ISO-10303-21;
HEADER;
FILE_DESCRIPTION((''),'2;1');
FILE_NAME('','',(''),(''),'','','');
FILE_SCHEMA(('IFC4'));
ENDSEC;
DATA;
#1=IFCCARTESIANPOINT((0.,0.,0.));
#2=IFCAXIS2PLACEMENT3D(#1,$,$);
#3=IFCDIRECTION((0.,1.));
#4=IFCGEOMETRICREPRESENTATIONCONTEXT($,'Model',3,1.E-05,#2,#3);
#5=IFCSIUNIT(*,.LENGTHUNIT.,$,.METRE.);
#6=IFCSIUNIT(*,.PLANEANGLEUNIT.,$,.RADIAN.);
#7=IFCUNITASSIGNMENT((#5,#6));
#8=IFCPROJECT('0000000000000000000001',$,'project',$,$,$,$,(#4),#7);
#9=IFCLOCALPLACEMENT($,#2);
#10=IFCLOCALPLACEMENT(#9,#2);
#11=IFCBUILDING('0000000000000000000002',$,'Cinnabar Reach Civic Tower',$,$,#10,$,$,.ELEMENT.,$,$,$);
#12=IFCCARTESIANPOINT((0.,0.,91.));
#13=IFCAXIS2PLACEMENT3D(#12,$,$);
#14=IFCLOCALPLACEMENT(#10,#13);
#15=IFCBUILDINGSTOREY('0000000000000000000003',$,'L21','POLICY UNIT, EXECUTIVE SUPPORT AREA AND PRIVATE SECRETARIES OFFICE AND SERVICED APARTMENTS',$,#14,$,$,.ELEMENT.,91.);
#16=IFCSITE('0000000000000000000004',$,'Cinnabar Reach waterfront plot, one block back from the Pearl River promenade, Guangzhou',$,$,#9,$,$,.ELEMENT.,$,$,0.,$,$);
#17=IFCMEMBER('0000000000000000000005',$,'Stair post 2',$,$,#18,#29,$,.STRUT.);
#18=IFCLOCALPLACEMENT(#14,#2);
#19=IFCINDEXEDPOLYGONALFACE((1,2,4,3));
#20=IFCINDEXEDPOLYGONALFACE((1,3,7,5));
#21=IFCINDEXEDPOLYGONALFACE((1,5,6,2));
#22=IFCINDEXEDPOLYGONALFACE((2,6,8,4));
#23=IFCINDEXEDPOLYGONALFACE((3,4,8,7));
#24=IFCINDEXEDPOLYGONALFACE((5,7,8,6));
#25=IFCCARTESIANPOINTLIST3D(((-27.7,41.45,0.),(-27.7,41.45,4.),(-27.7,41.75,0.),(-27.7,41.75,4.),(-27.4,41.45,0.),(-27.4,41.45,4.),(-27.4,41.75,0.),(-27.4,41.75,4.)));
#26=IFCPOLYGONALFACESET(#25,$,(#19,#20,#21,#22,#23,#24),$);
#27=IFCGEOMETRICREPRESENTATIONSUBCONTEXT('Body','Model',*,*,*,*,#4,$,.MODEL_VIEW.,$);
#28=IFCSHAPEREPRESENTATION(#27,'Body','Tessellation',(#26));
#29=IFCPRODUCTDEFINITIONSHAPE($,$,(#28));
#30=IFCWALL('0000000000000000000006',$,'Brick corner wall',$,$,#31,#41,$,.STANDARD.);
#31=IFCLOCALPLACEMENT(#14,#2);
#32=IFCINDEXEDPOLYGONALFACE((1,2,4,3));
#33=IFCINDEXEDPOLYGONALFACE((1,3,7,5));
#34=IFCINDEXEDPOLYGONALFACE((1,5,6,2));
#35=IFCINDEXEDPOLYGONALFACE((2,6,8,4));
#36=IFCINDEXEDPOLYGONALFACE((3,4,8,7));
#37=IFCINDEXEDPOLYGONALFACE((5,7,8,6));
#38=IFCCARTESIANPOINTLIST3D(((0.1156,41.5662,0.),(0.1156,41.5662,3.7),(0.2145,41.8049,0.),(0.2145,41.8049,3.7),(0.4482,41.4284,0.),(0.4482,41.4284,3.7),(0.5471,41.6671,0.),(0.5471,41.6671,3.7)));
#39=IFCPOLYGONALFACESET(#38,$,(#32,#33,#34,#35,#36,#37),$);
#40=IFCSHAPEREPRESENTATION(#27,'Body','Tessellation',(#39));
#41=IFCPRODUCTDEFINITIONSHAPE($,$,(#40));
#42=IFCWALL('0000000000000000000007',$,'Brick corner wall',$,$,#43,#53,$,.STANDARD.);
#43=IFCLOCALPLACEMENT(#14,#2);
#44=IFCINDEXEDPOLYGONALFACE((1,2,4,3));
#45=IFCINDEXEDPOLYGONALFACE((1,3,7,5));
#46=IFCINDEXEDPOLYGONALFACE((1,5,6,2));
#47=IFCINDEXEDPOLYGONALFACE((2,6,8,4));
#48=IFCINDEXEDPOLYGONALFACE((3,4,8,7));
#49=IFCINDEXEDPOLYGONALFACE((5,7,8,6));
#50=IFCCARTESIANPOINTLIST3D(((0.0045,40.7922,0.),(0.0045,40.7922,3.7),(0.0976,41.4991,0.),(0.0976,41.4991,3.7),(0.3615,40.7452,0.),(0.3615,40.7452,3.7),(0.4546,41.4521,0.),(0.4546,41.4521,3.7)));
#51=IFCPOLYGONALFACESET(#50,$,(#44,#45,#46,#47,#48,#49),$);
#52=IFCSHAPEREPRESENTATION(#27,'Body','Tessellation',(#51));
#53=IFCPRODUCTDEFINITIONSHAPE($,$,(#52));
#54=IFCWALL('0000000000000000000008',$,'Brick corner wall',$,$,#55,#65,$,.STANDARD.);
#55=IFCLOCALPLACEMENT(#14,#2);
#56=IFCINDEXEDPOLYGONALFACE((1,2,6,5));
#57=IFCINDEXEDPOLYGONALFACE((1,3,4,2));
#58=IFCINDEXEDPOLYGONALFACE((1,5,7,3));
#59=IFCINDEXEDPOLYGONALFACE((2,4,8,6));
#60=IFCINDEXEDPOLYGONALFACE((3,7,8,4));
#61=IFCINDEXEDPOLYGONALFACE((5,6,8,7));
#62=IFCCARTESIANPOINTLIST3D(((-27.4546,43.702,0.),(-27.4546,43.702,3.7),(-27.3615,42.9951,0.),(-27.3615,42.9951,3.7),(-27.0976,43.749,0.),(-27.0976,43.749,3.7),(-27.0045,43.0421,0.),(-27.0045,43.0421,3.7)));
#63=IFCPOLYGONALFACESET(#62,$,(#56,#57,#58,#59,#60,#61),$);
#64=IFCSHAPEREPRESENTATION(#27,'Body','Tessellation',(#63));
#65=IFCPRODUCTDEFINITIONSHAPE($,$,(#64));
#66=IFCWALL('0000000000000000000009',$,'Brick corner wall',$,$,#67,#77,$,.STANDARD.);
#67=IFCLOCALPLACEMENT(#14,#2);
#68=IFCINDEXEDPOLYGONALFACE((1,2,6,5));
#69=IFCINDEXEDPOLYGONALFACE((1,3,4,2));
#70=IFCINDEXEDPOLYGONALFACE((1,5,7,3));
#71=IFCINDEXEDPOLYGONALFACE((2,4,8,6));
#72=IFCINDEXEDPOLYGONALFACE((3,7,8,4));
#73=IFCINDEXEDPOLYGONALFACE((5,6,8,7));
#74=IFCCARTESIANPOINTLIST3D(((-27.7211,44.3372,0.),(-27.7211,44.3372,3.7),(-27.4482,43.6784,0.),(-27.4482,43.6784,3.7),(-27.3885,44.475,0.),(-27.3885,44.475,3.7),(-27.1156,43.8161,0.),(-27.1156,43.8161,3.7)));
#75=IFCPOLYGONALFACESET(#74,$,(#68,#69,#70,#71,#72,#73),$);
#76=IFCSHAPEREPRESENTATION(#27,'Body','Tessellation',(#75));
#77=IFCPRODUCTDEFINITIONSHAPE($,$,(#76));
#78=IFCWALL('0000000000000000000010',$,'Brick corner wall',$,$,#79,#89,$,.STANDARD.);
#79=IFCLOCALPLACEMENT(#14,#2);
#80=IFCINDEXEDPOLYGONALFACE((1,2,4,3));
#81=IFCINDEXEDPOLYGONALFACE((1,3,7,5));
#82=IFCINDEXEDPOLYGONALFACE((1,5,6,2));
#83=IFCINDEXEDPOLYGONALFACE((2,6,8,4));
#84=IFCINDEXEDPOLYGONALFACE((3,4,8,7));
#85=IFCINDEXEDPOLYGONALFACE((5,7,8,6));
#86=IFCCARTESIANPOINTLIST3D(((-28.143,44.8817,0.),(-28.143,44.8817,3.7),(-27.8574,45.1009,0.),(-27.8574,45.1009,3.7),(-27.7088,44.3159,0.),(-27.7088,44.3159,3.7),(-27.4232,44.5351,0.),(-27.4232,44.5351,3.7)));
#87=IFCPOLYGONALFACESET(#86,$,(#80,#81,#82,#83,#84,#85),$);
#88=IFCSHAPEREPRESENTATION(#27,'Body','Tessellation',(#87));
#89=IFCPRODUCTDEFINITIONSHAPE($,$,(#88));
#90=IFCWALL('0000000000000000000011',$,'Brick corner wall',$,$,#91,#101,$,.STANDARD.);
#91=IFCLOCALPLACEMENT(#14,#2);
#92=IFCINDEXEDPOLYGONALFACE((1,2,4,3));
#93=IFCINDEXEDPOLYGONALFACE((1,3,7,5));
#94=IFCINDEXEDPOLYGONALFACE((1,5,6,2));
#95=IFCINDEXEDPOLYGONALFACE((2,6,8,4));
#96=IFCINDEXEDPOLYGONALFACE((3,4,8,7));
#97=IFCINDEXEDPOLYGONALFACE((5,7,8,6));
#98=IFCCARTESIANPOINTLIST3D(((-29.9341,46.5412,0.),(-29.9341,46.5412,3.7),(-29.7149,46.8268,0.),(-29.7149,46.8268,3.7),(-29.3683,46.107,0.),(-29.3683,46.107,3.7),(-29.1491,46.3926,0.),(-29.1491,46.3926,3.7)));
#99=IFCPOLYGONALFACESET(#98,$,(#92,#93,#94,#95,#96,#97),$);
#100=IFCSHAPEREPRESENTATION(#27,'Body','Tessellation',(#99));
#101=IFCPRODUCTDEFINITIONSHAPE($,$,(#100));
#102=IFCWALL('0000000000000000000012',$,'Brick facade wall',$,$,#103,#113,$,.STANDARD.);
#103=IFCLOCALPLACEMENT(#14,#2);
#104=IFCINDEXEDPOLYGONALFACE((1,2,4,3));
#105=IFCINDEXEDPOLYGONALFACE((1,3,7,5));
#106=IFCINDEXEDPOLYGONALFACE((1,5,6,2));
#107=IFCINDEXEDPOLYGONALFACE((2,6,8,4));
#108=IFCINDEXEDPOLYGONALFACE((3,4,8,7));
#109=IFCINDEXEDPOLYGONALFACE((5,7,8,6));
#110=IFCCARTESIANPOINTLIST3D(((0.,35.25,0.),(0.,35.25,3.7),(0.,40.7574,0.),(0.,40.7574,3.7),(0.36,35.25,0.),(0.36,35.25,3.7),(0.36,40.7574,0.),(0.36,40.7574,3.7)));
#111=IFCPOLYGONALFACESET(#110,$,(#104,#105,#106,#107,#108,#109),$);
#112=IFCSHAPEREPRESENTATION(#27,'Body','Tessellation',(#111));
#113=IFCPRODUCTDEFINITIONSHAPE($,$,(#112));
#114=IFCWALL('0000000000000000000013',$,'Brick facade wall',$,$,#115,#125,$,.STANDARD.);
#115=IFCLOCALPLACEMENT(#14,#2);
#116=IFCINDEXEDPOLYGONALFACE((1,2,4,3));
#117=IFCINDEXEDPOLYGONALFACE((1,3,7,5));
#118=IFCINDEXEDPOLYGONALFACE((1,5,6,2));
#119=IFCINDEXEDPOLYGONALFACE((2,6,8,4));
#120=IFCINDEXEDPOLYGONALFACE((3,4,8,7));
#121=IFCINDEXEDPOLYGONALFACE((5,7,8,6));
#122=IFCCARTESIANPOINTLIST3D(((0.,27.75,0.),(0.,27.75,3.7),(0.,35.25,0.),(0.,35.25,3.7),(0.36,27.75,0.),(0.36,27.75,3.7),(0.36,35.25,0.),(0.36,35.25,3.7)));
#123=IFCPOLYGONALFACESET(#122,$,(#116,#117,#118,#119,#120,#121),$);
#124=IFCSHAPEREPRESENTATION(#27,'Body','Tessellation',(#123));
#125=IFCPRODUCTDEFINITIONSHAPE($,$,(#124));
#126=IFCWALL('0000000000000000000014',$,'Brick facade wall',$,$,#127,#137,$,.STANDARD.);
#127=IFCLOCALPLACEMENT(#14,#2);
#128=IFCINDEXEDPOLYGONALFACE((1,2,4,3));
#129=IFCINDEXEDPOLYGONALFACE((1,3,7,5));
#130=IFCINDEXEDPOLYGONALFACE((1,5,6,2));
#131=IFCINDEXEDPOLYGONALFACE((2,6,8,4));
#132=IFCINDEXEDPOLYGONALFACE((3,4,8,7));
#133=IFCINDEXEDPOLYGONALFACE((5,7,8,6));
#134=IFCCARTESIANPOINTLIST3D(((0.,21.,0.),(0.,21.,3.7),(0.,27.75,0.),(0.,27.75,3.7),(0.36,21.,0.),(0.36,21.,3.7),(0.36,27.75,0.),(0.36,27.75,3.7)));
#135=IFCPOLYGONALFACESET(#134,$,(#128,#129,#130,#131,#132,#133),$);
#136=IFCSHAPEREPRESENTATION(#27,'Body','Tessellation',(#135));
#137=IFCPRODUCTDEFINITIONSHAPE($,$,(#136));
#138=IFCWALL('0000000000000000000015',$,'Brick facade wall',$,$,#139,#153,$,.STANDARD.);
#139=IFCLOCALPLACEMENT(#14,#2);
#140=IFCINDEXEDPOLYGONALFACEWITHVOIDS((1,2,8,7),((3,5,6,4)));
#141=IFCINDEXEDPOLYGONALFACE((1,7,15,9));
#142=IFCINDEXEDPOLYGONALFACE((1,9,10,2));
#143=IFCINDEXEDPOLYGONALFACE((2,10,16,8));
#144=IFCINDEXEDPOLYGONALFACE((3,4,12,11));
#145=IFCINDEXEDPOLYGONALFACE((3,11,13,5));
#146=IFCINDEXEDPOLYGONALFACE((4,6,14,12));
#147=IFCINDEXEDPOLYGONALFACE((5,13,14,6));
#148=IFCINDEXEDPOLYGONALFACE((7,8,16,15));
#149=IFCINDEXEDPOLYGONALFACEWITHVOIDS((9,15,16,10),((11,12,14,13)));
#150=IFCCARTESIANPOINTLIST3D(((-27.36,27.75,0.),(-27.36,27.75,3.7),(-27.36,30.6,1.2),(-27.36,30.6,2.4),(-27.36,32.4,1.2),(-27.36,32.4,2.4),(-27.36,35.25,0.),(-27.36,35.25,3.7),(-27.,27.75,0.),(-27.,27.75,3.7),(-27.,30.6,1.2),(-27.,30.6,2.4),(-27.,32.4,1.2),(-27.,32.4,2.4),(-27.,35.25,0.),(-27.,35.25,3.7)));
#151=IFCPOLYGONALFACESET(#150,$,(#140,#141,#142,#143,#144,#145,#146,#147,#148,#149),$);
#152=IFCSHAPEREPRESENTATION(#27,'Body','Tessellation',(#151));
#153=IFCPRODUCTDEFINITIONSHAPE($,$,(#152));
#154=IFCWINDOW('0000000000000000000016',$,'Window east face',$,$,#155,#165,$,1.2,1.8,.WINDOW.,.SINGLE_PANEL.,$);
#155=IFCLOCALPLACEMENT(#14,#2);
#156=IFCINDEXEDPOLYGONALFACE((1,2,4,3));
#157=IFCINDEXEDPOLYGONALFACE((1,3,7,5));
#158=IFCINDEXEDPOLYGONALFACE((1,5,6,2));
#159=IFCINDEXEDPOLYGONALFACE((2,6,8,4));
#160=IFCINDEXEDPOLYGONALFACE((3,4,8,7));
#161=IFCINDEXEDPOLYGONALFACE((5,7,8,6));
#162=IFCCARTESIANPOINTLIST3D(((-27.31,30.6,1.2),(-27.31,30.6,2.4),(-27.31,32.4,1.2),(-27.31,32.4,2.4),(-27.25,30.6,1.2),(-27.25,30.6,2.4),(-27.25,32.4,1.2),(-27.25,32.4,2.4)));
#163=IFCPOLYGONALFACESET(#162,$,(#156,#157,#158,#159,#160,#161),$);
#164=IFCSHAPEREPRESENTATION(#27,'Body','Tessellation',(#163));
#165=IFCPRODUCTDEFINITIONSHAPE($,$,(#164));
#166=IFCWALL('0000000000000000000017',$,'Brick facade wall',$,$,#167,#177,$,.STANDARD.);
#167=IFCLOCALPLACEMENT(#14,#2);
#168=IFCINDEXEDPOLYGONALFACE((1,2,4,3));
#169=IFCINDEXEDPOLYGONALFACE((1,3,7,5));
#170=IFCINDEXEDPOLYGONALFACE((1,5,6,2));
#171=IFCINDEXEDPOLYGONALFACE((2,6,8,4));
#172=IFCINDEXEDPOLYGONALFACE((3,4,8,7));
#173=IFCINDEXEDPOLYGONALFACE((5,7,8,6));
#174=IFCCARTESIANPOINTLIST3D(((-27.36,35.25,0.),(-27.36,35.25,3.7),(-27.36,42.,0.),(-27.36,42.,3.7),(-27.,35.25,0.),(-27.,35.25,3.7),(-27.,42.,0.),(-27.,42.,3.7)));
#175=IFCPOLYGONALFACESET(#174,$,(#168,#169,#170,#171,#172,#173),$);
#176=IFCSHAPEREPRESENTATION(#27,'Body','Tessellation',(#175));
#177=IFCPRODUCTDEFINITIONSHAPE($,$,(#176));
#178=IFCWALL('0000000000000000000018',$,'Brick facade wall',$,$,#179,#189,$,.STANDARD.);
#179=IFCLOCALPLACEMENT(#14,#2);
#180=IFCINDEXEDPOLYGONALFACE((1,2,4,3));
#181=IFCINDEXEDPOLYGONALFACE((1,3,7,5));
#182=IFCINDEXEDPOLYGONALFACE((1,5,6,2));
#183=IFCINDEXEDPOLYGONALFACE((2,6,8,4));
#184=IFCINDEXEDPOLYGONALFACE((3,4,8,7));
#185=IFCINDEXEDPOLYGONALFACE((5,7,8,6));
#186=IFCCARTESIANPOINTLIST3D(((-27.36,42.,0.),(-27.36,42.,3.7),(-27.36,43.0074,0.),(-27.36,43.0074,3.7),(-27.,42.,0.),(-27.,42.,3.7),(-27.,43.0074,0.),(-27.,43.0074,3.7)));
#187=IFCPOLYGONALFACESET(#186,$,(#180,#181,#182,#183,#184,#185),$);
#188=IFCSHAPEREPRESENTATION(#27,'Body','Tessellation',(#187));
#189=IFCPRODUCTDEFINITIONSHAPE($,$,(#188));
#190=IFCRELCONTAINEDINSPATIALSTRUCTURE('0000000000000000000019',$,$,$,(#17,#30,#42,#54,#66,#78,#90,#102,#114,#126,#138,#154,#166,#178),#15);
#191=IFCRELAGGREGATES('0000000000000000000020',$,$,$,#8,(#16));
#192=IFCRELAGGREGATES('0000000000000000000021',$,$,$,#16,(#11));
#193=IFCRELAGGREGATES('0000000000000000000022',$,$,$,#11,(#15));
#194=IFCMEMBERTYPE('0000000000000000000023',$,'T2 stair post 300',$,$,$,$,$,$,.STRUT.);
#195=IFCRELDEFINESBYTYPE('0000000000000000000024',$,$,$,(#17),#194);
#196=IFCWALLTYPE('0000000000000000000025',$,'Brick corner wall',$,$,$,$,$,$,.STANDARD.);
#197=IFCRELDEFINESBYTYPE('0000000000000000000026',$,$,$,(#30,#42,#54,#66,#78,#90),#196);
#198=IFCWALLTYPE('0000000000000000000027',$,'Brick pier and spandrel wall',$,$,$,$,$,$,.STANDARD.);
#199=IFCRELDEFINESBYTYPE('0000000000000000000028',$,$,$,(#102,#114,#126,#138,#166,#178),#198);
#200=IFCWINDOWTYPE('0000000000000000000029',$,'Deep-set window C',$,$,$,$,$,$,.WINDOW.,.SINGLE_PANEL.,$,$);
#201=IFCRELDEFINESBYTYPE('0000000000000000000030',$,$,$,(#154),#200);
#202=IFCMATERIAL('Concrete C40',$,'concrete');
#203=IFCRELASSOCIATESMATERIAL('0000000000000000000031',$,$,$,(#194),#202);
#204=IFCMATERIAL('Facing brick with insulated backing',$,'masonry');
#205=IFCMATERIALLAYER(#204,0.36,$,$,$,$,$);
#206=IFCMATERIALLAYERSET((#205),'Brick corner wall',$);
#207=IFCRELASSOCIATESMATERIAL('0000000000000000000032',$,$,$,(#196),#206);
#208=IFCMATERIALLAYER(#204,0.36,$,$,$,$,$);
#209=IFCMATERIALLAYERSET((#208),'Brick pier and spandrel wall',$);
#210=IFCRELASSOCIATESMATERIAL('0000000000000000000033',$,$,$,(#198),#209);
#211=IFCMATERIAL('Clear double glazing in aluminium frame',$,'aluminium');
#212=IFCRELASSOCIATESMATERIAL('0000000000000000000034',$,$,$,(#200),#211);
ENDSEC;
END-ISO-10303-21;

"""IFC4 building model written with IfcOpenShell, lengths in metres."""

from ifc_helpers import new_model, si_unit, direction, frame, frame_2d, origin, origin_2d, place, context, subcontext, project, spatial, rectangle, extrude, material, layer, layer_set, material_profile, profile_set, type_object, element, fill, save


model = new_model("IFC4")

# Units and contexts
model_context = context("Model", 3, precision=1e-05, world=origin(), true_north=direction((0.0, 1.0)))
body_context = subcontext(model_context, "Body", "Model", "MODEL_VIEW")
ifc_project = project(units=[si_unit("LENGTHUNIT", "METRE"), si_unit("PLANEANGLEUNIT", "RADIAN")], contexts=[model_context])

# Site, building, storey
site_placement = place(None, origin())
site = spatial("IfcSite", under=ifc_project, at=site_placement, Name="Cinnabar Reach waterfront plot, one block back from the Pearl River promenade, Guangzhou", CompositionType="ELEMENT", RefElevation=0.0)
building_placement = place(site_placement, origin())
building = spatial("IfcBuilding", under=site, at=building_placement, Name="Cinnabar Reach Civic Tower", CompositionType="ELEMENT")
storey_placement = place(building_placement, frame((0.0, 0.0, 91.0)))
storey = spatial("IfcBuildingStorey", under=building, at=storey_placement, Name="L21", Description="POLICY UNIT, EXECUTIVE SUPPORT AREA AND PRIVATE SECRETARIES OFFICE AND SERVICED APARTMENTS", CompositionType="ELEMENT", Elevation=91.0)

# Member
ifc_material_1 = material(Name="Concrete C40", Category="concrete")
ifc_material_profile_1 = material_profile(ifc_material_1, rectangle(XDim=0.3, YDim=0.3, at=origin_2d()), Name="C300")
ifc_profile_set_1 = profile_set([ifc_material_profile_1], Name="Concrete C40")
member_type = type_object("IfcMemberType", Name="T2 stair post 300", PredefinedType="STRUT", material=ifc_profile_set_1)
member_placement = place(storey_placement, frame((-27.55, 41.6, 0.0), z_axis=(0.0, 0.0, 1.0), x_axis=(1.0, 0.0, 0.0)))
element("IfcMember", 1, at=member_placement, inside=storey, type_object=member_type, Name="Stair post 2", PredefinedType="STRUT", context=body_context, shape_type="SweptSolid", body=[
    extrude(rectangle(XDim=0.3, YDim=0.3, at=origin_2d()), origin(), (0.0, 0.0, 1.0), 4.0),
])

# Walls
ifc_material_2 = material(Name="Facing brick with insulated backing", Category="masonry")
ifc_layer_1 = layer(ifc_material_2, 0.36)
ifc_layer_set_1 = layer_set([ifc_layer_1], Name="Brick corner wall")
wall_type_1 = type_object("IfcWallType", Name="Brick corner wall", PredefinedType="STANDARD", material=ifc_layer_set_1)
wall_1_placement = place(storey_placement, frame((0.3808, 41.736, 0.0), z_axis=(0.0, 0.0, 1.0), x_axis=(-0.382773, -0.923842, 0.0)))
element("IfcWall", 2, at=wall_1_placement, inside=storey, type_object=wall_type_1, Name="Brick corner wall", PredefinedType="STANDARD", context=body_context, shape_type="SweptSolid", body=[
    extrude(rectangle(XDim=0.2584, YDim=0.36, at=frame_2d((0.1292, 0.0))), origin(), (0.0, 0.0, 1.0), 3.7),
])
for number, where, z_axis, x_axis, name in (
    (3, (0.2761, 41.4756, 0.0), (0.0, 0.0, 1.0), (-0.130556, -0.991441, 0.0), "Brick corner wall"),
    (4, (-27.183, 43.0186, 0.0), (0.0, 0.0, 1.0), (-0.130556, 0.991441, 0.0), "Brick corner wall"),
    (5, (-27.2819, 43.7473, 0.0), (0.0, 0.0, 1.0), (-0.382703, 0.923872, 0.0), "Brick corner wall"),
):
    element("IfcWall", number, at=place(storey_placement, frame(where, z_axis=z_axis, x_axis=x_axis)), inside=storey, type_object=wall_type_1, Name=name, PredefinedType="STANDARD", context=body_context, shape_type="SweptSolid", body=[
        extrude(rectangle(XDim=0.7131, YDim=0.36, at=frame_2d((0.3565, 0.0))), origin(), (0.0, 0.0, 1.0), 3.7),
    ])
for number, where, z_axis, x_axis, name in (
    (6, (-27.566, 44.4255, 0.0), (0.0, 0.0, 1.0), (-0.608802, 0.793322, 0.0), "Brick corner wall"),
    (7, (-29.2587, 46.2498, 0.0), (0.0, 0.0, 1.0), (-0.793322, 0.608802, 0.0), "Brick corner wall"),
):
    element("IfcWall", number, at=place(storey_placement, frame(where, z_axis=z_axis, x_axis=x_axis)), inside=storey, type_object=wall_type_1, Name=name, PredefinedType="STANDARD", context=body_context, shape_type="SweptSolid", body=[
        extrude(rectangle(XDim=0.7132, YDim=0.36, at=frame_2d((0.3566, 0.0))), origin(), (0.0, 0.0, 1.0), 3.7),
    ])
ifc_layer_2 = layer(ifc_material_2, 0.36)
ifc_layer_set_2 = layer_set([ifc_layer_2], Name="Brick pier and spandrel wall")
wall_type_2 = type_object("IfcWallType", Name="Brick pier and spandrel wall", PredefinedType="STANDARD", material=ifc_layer_set_2)
wall_2_placement = place(storey_placement, frame((0.18, 40.7574, 0.0), z_axis=(0.0, 0.0, 1.0), x_axis=(0.0, -1.0, 0.0)))
element("IfcWall", 8, at=wall_2_placement, inside=storey, type_object=wall_type_2, Name="Brick facade wall", PredefinedType="STANDARD", context=body_context, shape_type="SweptSolid", body=[
    extrude(rectangle(XDim=5.5074, YDim=0.36, at=frame_2d((2.7537, 0.0))), origin(), (0.0, 0.0, 1.0), 3.7),
])
wall_3_placement = place(storey_placement, frame((0.18, 35.25, 0.0), z_axis=(0.0, 0.0, 1.0), x_axis=(0.0, -1.0, 0.0)))
element("IfcWall", 9, at=wall_3_placement, inside=storey, type_object=wall_type_2, Name="Brick facade wall", PredefinedType="STANDARD", context=body_context, shape_type="SweptSolid", body=[
    extrude(rectangle(XDim=7.5, YDim=0.36, at=frame_2d((3.75, 0.0))), origin(), (0.0, 0.0, 1.0), 3.7),
])
wall_4_placement = place(storey_placement, frame((0.18, 27.75, 0.0), z_axis=(0.0, 0.0, 1.0), x_axis=(0.0, -1.0, 0.0)))
element("IfcWall", 10, at=wall_4_placement, inside=storey, type_object=wall_type_2, Name="Brick facade wall", PredefinedType="STANDARD", context=body_context, shape_type="SweptSolid", body=[
    extrude(rectangle(XDim=6.75, YDim=0.36, at=frame_2d((3.375, 0.0))), origin(), (0.0, 0.0, 1.0), 3.7),
])

# Wall, opening, window
wall_5_placement = place(storey_placement, frame((-27.18, 27.75, 0.0), z_axis=(0.0, 0.0, 1.0), x_axis=(0.0, 1.0, 0.0)))
wall_5 = element("IfcWall", 11, at=wall_5_placement, inside=storey, type_object=wall_type_2, Name="Brick facade wall", PredefinedType="STANDARD", context=body_context, shape_type="SweptSolid", body=[
    extrude(rectangle(XDim=7.5, YDim=0.36, at=frame_2d((3.75, 0.0))), origin(), (0.0, 0.0, 1.0), 3.7),
])
opening_1_placement = place(wall_5_placement, frame((2.85, 0.0, 1.2)))
opening_1 = element("IfcOpeningElement", 12, at=opening_1_placement, cuts=wall_5, PredefinedType="OPENING", context=body_context, shape_type="SweptSolid", body=[
    extrude(rectangle(XDim=1.8, YDim=1.2, at=frame_2d((0.9, 0.6))), frame((0.0, 0.19, 0.0), z_axis=(0.0, -1.0, 0.0), x_axis=(1.0, 0.0, 0.0)), (0.0, 0.0, 1.0), 0.38),
])
ifc_material_3 = material(Name="Clear double glazing in aluminium frame", Category="aluminium")
window_type = type_object("IfcWindowType", Name="Deep-set window C", PartitioningType="SINGLE_PANEL", PredefinedType="WINDOW", material=ifc_material_3)
window_placement = place(opening_1_placement, origin())
window = element("IfcWindow", 13, at=window_placement, inside=storey, type_object=window_type, Name="Window east face", OverallHeight=1.2, OverallWidth=1.8, PartitioningType="SINGLE_PANEL", PredefinedType="WINDOW", context=body_context, shape_type="SweptSolid", body=[
    extrude(rectangle(XDim=1.8, YDim=1.2, at=frame_2d((0.9, 0.6))), frame((0.0, 0.13, 0.0), z_axis=(0.0, -1.0, 0.0), x_axis=(1.0, 0.0, 0.0)), (0.0, 0.0, 1.0), 0.06),
])
fill(opening_1, window)

# Walls
wall_6_placement = place(storey_placement, frame((-27.18, 35.25, 0.0), z_axis=(0.0, 0.0, 1.0), x_axis=(0.0, 1.0, 0.0)))
element("IfcWall", 14, at=wall_6_placement, inside=storey, type_object=wall_type_2, Name="Brick facade wall", PredefinedType="STANDARD", context=body_context, shape_type="SweptSolid", body=[
    extrude(rectangle(XDim=6.75, YDim=0.36, at=frame_2d((3.375, 0.0))), origin(), (0.0, 0.0, 1.0), 3.7),
])
wall_7_placement = place(storey_placement, frame((-27.18, 42.0, 0.0), z_axis=(0.0, 0.0, 1.0), x_axis=(0.0, 1.0, 0.0)))
element("IfcWall", 15, at=wall_7_placement, inside=storey, type_object=wall_type_2, Name="Brick facade wall", PredefinedType="STANDARD", context=body_context, shape_type="SweptSolid", body=[
    extrude(rectangle(XDim=1.0074, YDim=0.36, at=frame_2d((0.5037, 0.0))), origin(), (0.0, 0.0, 1.0), 3.7),
])

save(model, "model.ifc")
